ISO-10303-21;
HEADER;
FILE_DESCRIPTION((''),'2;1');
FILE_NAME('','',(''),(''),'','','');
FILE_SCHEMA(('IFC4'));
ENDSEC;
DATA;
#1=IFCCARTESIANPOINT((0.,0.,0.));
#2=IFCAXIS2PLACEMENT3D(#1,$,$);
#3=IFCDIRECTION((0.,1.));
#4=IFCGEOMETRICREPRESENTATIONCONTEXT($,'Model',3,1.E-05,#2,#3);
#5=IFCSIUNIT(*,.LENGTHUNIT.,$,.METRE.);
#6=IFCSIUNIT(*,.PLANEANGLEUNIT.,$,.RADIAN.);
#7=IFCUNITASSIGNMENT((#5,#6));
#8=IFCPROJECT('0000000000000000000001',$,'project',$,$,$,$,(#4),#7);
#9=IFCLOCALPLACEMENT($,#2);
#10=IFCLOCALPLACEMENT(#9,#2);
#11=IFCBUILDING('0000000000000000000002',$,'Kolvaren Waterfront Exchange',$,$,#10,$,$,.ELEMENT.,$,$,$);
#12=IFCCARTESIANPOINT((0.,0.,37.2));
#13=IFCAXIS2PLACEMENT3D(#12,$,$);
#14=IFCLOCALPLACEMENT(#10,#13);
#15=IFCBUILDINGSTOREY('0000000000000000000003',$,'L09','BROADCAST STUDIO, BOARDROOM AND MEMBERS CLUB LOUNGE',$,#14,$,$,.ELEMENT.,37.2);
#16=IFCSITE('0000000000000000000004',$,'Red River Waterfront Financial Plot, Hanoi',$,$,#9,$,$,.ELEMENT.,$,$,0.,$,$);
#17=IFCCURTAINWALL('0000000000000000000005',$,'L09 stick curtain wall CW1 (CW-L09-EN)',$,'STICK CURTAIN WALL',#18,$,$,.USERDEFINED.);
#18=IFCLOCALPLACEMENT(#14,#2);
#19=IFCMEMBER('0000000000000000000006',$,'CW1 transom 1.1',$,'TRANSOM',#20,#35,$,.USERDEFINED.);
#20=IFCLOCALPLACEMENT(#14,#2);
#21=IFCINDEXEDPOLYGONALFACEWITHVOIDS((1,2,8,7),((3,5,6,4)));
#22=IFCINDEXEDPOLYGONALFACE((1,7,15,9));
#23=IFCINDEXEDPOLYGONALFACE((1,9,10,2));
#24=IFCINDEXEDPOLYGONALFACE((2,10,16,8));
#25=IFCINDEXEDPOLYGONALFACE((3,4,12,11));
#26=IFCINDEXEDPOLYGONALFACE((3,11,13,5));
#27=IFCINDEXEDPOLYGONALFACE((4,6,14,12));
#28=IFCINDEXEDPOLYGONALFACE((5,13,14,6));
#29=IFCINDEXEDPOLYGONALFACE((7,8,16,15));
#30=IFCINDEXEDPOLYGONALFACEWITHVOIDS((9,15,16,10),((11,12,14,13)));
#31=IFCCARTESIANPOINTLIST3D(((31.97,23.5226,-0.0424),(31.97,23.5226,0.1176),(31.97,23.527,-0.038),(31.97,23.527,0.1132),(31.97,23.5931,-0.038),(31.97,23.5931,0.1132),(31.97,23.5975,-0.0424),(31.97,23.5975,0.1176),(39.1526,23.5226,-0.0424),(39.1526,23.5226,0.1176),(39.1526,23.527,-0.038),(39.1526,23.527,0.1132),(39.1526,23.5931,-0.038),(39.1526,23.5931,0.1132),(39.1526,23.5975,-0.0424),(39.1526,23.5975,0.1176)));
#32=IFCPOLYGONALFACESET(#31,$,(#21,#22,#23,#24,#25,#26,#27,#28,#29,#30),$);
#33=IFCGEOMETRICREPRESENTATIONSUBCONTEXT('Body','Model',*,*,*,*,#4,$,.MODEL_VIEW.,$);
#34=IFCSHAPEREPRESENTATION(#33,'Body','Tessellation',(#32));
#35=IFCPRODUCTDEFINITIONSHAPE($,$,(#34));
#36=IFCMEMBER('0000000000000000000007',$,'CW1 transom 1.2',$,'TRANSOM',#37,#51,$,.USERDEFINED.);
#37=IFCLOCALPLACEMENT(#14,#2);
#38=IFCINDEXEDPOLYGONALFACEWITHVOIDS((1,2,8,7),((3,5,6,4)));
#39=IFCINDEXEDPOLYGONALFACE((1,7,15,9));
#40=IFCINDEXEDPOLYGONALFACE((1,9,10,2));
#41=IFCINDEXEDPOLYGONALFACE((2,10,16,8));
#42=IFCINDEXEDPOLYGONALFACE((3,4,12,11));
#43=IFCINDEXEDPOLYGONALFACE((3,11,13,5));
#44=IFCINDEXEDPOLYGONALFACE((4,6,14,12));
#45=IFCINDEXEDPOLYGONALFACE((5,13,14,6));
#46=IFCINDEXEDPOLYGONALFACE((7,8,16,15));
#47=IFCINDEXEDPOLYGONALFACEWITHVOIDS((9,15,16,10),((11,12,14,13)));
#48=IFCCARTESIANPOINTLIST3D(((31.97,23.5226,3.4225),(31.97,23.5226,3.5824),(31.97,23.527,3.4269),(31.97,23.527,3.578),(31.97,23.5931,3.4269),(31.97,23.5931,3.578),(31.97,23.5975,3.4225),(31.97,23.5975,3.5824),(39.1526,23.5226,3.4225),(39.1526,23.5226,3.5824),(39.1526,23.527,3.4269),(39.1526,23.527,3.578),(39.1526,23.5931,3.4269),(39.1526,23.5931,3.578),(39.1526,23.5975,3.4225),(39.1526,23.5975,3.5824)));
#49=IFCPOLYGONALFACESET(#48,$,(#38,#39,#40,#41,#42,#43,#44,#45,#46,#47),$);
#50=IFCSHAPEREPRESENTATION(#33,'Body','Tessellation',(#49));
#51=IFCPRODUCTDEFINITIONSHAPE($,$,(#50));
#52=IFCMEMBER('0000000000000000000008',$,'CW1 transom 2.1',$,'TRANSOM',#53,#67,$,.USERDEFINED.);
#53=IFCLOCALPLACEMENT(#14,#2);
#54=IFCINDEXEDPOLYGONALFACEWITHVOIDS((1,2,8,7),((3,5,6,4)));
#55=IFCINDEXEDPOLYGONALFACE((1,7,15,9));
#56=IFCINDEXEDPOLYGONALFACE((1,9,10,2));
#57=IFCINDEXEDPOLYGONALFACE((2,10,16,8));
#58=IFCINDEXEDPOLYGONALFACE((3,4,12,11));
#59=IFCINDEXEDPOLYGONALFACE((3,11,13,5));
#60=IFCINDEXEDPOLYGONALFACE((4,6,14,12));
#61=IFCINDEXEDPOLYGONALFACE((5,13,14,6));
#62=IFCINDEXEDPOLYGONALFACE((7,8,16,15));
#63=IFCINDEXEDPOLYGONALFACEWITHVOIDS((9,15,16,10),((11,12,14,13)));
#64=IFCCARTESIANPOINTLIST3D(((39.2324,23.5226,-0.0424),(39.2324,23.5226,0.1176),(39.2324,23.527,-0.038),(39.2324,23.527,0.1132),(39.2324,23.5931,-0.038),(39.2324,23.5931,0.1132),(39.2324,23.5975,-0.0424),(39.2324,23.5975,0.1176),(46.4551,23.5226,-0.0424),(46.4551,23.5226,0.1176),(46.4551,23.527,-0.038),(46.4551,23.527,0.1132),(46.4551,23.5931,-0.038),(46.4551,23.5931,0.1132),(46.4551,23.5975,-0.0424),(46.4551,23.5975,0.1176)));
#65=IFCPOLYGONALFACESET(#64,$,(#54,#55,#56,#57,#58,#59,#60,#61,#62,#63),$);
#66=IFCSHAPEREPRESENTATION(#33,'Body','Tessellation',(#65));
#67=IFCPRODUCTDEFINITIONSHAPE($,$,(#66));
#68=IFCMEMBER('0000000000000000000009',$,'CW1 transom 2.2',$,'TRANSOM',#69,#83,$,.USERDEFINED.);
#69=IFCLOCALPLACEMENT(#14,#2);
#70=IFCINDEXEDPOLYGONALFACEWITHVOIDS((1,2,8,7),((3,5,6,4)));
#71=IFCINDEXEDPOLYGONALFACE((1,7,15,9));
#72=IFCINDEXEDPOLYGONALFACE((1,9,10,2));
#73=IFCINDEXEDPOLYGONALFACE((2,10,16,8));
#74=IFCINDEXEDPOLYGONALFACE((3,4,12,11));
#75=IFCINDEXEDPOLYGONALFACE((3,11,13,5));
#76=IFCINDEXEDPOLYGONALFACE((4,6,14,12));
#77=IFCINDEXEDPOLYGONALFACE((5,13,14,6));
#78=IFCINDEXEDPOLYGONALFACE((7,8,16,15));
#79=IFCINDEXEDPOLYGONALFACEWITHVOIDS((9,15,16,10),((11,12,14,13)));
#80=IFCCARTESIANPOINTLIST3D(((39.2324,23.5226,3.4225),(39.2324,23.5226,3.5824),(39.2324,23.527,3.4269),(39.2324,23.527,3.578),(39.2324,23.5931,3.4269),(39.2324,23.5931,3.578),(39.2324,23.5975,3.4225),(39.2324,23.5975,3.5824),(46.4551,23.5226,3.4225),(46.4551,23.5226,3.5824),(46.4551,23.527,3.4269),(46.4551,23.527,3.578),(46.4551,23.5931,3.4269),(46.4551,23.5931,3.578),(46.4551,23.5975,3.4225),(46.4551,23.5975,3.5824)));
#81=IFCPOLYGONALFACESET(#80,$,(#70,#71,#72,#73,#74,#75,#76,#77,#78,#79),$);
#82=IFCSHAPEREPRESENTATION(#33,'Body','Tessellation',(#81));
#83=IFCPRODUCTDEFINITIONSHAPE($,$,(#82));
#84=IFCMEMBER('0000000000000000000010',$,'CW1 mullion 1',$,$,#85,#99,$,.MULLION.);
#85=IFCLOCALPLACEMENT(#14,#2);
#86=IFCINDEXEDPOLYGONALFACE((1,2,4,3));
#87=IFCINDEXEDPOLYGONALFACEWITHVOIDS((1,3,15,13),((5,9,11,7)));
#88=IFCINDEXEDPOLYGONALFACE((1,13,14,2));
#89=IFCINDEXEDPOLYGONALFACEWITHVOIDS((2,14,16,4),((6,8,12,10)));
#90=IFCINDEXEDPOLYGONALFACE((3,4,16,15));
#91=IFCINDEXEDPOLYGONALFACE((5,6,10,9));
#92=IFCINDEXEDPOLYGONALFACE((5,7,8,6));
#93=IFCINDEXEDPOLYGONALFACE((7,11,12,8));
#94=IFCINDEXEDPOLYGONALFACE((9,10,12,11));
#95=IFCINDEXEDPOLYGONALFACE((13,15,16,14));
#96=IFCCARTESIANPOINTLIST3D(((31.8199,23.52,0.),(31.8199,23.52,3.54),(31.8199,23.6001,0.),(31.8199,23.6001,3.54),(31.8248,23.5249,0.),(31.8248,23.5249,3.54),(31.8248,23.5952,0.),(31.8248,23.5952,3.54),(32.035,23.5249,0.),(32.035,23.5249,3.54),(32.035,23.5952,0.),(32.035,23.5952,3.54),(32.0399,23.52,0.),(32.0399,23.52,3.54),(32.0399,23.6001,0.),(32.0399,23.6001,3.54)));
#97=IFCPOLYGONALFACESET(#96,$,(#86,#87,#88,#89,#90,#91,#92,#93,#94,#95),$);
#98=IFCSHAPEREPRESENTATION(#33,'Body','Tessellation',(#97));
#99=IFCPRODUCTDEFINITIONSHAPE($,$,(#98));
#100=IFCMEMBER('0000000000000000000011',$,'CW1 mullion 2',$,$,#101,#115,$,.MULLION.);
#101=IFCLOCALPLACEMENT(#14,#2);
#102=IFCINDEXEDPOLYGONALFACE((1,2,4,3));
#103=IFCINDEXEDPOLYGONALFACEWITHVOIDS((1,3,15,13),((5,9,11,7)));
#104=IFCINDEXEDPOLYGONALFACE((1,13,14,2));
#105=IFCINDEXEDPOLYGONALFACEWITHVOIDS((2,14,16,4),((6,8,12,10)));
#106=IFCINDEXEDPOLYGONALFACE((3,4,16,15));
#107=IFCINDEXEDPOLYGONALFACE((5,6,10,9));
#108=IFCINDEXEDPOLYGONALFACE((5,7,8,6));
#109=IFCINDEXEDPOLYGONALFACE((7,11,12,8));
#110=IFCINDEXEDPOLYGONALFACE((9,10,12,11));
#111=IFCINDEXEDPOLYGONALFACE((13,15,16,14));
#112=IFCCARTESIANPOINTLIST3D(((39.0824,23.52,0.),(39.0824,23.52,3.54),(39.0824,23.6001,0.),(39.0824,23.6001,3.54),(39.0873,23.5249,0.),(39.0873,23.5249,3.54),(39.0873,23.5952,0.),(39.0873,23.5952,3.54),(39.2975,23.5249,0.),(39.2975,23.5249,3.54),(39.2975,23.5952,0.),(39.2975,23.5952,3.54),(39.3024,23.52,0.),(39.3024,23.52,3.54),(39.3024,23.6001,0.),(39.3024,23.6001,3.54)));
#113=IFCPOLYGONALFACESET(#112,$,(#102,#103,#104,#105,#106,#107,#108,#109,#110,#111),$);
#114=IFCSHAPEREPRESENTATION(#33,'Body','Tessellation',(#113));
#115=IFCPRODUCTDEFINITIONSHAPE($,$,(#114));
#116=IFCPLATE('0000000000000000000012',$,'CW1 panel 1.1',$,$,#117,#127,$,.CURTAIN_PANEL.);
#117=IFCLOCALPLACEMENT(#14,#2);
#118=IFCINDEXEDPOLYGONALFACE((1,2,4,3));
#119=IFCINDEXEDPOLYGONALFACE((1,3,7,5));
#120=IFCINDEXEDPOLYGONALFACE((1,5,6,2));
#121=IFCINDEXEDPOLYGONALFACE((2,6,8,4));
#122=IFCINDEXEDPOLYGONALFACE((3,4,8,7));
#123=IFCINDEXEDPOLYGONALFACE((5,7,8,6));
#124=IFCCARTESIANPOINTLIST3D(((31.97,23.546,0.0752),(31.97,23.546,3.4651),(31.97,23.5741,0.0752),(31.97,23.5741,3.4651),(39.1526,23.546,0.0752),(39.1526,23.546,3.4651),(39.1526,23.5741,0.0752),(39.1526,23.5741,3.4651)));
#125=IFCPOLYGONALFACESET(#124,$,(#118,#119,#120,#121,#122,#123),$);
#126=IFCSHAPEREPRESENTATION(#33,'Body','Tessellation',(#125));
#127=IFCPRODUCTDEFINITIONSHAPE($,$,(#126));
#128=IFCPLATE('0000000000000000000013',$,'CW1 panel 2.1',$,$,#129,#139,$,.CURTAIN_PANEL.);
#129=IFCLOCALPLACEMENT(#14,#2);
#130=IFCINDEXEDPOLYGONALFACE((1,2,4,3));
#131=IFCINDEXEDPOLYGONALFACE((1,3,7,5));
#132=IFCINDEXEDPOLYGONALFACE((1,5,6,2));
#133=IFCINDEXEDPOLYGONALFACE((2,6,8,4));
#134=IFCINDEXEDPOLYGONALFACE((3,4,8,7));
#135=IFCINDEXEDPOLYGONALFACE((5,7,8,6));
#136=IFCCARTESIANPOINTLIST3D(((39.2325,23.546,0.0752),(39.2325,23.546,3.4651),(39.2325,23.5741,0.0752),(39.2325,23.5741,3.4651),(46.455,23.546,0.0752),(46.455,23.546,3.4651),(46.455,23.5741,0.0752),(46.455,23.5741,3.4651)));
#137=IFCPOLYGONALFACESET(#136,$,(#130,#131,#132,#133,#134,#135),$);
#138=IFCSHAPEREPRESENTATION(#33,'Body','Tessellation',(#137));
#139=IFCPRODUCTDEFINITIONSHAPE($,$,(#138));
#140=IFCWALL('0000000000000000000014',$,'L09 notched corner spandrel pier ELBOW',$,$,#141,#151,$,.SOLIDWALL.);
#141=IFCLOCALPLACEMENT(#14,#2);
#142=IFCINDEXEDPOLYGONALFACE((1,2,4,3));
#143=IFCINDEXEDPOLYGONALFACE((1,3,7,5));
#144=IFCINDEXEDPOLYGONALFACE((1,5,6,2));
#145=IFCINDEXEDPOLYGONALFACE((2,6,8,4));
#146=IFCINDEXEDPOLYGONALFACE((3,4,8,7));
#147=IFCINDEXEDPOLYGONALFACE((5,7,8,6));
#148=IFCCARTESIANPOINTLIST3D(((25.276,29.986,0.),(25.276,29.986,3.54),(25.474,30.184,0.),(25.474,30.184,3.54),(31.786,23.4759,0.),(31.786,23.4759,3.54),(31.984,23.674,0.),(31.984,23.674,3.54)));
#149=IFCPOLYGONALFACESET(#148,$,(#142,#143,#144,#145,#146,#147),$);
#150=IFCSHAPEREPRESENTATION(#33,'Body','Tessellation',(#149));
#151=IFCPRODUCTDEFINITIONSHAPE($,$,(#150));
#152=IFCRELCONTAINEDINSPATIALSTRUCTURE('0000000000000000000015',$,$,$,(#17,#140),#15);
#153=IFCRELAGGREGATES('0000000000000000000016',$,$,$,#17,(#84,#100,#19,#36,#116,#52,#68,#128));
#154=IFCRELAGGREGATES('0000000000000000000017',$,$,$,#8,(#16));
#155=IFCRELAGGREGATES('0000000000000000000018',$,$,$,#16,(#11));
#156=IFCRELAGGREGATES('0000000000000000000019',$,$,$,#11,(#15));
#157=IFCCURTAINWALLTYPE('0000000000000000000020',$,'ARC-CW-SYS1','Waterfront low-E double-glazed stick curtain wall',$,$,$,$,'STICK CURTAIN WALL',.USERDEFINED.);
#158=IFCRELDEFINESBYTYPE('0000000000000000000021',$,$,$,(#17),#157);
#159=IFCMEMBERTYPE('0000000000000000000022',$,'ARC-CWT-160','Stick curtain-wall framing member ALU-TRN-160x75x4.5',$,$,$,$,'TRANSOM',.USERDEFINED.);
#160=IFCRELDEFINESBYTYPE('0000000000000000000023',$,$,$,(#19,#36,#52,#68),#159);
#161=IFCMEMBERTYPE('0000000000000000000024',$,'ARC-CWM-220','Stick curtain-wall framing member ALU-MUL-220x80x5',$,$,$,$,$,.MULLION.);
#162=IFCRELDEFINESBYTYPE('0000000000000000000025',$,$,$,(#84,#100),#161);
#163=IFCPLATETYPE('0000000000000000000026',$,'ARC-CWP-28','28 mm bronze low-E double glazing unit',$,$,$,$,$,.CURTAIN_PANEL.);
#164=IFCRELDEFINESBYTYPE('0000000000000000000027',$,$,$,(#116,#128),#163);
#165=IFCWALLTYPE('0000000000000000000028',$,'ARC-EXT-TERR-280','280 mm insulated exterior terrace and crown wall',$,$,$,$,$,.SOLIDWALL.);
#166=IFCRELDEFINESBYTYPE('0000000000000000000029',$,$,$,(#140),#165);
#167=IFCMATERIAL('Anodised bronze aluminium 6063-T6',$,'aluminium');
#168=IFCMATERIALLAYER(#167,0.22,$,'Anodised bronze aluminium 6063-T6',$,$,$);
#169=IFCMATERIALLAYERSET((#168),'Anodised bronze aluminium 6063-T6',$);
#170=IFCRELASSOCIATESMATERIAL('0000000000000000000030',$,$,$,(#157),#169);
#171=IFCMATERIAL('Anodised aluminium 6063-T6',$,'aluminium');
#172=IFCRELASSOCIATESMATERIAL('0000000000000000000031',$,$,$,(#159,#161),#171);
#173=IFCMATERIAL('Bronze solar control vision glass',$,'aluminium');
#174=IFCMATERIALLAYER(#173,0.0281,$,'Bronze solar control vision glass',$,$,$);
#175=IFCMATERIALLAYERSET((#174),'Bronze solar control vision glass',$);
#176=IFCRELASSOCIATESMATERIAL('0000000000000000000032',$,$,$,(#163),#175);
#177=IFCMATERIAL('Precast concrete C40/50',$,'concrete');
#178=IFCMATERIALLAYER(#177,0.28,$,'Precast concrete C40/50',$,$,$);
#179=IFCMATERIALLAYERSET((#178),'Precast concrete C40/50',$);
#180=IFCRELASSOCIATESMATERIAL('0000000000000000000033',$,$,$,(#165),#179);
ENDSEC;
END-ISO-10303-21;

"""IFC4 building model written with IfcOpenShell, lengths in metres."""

from ifc_helpers import new_model, si_unit, direction, frame, frame_2d, origin, origin_with_axes, origin_2d, place, context, subcontext, project, spatial, rectangle, hollow_rectangle, extrude, source, transform, mapped, material, layer, layer_set, material_profile, profile_set, type_object, element, aggregate, save


model = new_model("IFC4")

# Units and contexts
model_context = context("Model", 3, precision=1e-05, world=origin(), true_north=direction((0.0, 1.0)))
body_context = subcontext(model_context, "Body", "Model", "MODEL_VIEW")
ifc_project = project(units=[si_unit("LENGTHUNIT", "METRE"), si_unit("PLANEANGLEUNIT", "RADIAN")], contexts=[model_context])

# Site, building, storey
site_placement = place(None, origin())
site = spatial("IfcSite", under=ifc_project, at=site_placement, Name="Red River Waterfront Financial Plot, Hanoi", CompositionType="ELEMENT", RefElevation=0.0)
building_placement = place(site_placement, origin())
building = spatial("IfcBuilding", under=site, at=building_placement, Name="Kolvaren Waterfront Exchange", CompositionType="ELEMENT")
storey_placement = place(building_placement, frame((0.0, 0.0, 37.2)))
storey = spatial("IfcBuildingStorey", under=building, at=storey_placement, Name="L09", Description="BROADCAST STUDIO, BOARDROOM AND MEMBERS CLUB LOUNGE", CompositionType="ELEMENT", Elevation=37.2)

# Curtain wall, members, plates
ifc_material_1 = material(Name="Anodised bronze aluminium 6063-T6", Category="aluminium")
ifc_layer_1 = layer(ifc_material_1, 0.22, Name="Anodised bronze aluminium 6063-T6")
ifc_layer_set_1 = layer_set([ifc_layer_1], Name="Anodised bronze aluminium 6063-T6")
curtain_wall_type = type_object("IfcCurtainWallType", Name="ARC-CW-SYS1", Description="Waterfront low-E double-glazed stick curtain wall", ElementType="STICK CURTAIN WALL", PredefinedType="USERDEFINED", material=ifc_layer_set_1)
curtain_wall_placement = place(storey_placement, origin())
curtain_wall = element("IfcCurtainWall", 1, at=curtain_wall_placement, inside=storey, type_object=curtain_wall_type, Name="L09 stick curtain wall CW1 (CW-L09-EN)", ObjectType="STICK CURTAIN WALL", PredefinedType="USERDEFINED")
ifc_material_2 = material(Name="Anodised aluminium 6063-T6", Category="aluminium")
ifc_material_profile_1 = material_profile(ifc_material_2, hollow_rectangle(XDim=0.075, YDim=0.1599, WallThickness=0.0044, at=origin_2d()), Name="ALU-TRN-160x75x4.5")
ifc_profile_set_1 = profile_set([ifc_material_profile_1], Name="Anodised aluminium 6063-T6")
member_type_1 = type_object("IfcMemberType", Name="ARC-CWT-160", Description="Stick curtain-wall framing member ALU-TRN-160x75x4.5", ElementType="TRANSOM", PredefinedType="USERDEFINED", material=ifc_profile_set_1)
shared_shape_1 = source(origin_with_axes(), body_context, "Body", "SweptSolid", [
    extrude(hollow_rectangle(XDim=0.075, YDim=0.1599, WallThickness=0.0044, at=origin_2d()), origin(), (0.0, 0.0, 1.0), 7.1826),
])
member_1_placement = place(storey_placement, frame((31.97, 23.5601, 0.0376), z_axis=(1.0, 0.0, 0.0), x_axis=(0.0, 1.0, 0.0)))
member_1 = element("IfcMember", 2, at=member_1_placement, type_object=member_type_1, Name="CW1 transom 1.1", ObjectType="TRANSOM", PredefinedType="USERDEFINED", context=body_context, shape_type="MappedRepresentation", body=[
    mapped(shared_shape_1, transform((0.0, 0.0, 0.0), x_axis=(1.0, 0.0, 0.0), y_axis=(0.0, 1.0, 0.0), z_axis=(0.0, 0.0, 1.0), scale=1.0)),
])
member_2_placement = place(storey_placement, frame((31.97, 23.5601, 3.5024), z_axis=(1.0, 0.0, 0.0), x_axis=(0.0, 1.0, 0.0)))
member_2 = element("IfcMember", 3, at=member_2_placement, type_object=member_type_1, Name="CW1 transom 1.2", ObjectType="TRANSOM", PredefinedType="USERDEFINED", context=body_context, shape_type="MappedRepresentation", body=[
    mapped(shared_shape_1, transform((0.0, 0.0, 0.0), x_axis=(1.0, 0.0, 0.0), y_axis=(0.0, 1.0, 0.0), z_axis=(0.0, 0.0, 1.0), scale=1.0)),
])
shared_shape_2 = source(origin_with_axes(), body_context, "Body", "SweptSolid", [
    extrude(hollow_rectangle(XDim=0.075, YDim=0.1599, WallThickness=0.0044, at=origin_2d()), origin(), (0.0, 0.0, 1.0), 7.2227),
])
member_3_placement = place(storey_placement, frame((39.2324, 23.5601, 0.0376), z_axis=(1.0, 0.0, 0.0), x_axis=(0.0, 1.0, 0.0)))
member_3 = element("IfcMember", 4, at=member_3_placement, type_object=member_type_1, Name="CW1 transom 2.1", ObjectType="TRANSOM", PredefinedType="USERDEFINED", context=body_context, shape_type="MappedRepresentation", body=[
    mapped(shared_shape_2, transform((0.0, 0.0, 0.0), x_axis=(1.0, 0.0, 0.0), y_axis=(0.0, 1.0, 0.0), z_axis=(0.0, 0.0, 1.0), scale=1.0)),
])
member_4_placement = place(storey_placement, frame((39.2324, 23.5601, 3.5024), z_axis=(1.0, 0.0, 0.0), x_axis=(0.0, 1.0, 0.0)))
member_4 = element("IfcMember", 5, at=member_4_placement, type_object=member_type_1, Name="CW1 transom 2.2", ObjectType="TRANSOM", PredefinedType="USERDEFINED", context=body_context, shape_type="MappedRepresentation", body=[
    mapped(shared_shape_2, transform((0.0, 0.0, 0.0), x_axis=(1.0, 0.0, 0.0), y_axis=(0.0, 1.0, 0.0), z_axis=(0.0, 0.0, 1.0), scale=1.0)),
])
ifc_material_profile_2 = material_profile(ifc_material_2, hollow_rectangle(XDim=0.0801, YDim=0.22, WallThickness=0.0049, at=origin_2d()), Name="ALU-MUL-220x80x5")
ifc_profile_set_2 = profile_set([ifc_material_profile_2], Name="Anodised aluminium 6063-T6")
member_type_2 = type_object("IfcMemberType", Name="ARC-CWM-220", Description="Stick curtain-wall framing member ALU-MUL-220x80x5", PredefinedType="MULLION", material=ifc_profile_set_2)
shared_shape_3 = source(origin_with_axes(), body_context, "Body", "SweptSolid", [
    extrude(hollow_rectangle(XDim=0.0801, YDim=0.22, WallThickness=0.0049, at=origin_2d()), origin(), (0.0, 0.0, 1.0), 3.54),
])
member_5_placement = place(storey_placement, frame((31.9299, 23.5601, 0.0), z_axis=(0.0, 0.0, 1.0), x_axis=(0.0, 1.0, 0.0)))
member_5 = element("IfcMember", 6, at=member_5_placement, type_object=member_type_2, Name="CW1 mullion 1", PredefinedType="MULLION", context=body_context, shape_type="MappedRepresentation", body=[
    mapped(shared_shape_3, transform((0.0, 0.0, 0.0), x_axis=(1.0, 0.0, 0.0), y_axis=(0.0, 1.0, 0.0), z_axis=(0.0, 0.0, 1.0), scale=1.0)),
])
member_6_placement = place(storey_placement, frame((39.1924, 23.5601, 0.0), z_axis=(0.0, 0.0, 1.0), x_axis=(0.0, 1.0, 0.0)))
member_6 = element("IfcMember", 7, at=member_6_placement, type_object=member_type_2, Name="CW1 mullion 2", PredefinedType="MULLION", context=body_context, shape_type="MappedRepresentation", body=[
    mapped(shared_shape_3, transform((0.0, 0.0, 0.0), x_axis=(1.0, 0.0, 0.0), y_axis=(0.0, 1.0, 0.0), z_axis=(0.0, 0.0, 1.0), scale=1.0)),
])
ifc_material_3 = material(Name="Bronze solar control vision glass", Category="aluminium")
ifc_layer_2 = layer(ifc_material_3, 0.0281, Name="Bronze solar control vision glass")
ifc_layer_set_2 = layer_set([ifc_layer_2], Name="Bronze solar control vision glass")
plate_type = type_object("IfcPlateType", Name="ARC-CWP-28", Description="28 mm bronze low-E double glazing unit", PredefinedType="CURTAIN_PANEL", material=ifc_layer_set_2)
shared_shape_4 = source(origin_with_axes(), body_context, "Body", "SweptSolid", [
    extrude(rectangle(XDim=7.1826, YDim=0.0281, at=origin_2d()), origin(), (0.0, 0.0, 1.0), 3.3899),
])
plate_1_placement = place(storey_placement, frame((35.5613, 23.5601, 0.0752), z_axis=(0.0, 0.0, 1.0), x_axis=(1.0, 0.0, 0.0)))
plate_1 = element("IfcPlate", 8, at=plate_1_placement, type_object=plate_type, Name="CW1 panel 1.1", PredefinedType="CURTAIN_PANEL", context=body_context, shape_type="MappedRepresentation", body=[
    mapped(shared_shape_4, transform((0.0, 0.0, 0.0), x_axis=(1.0, 0.0, 0.0), y_axis=(0.0, 1.0, 0.0), z_axis=(0.0, 0.0, 1.0), scale=1.0)),
])
shared_shape_5 = source(origin_with_axes(), body_context, "Body", "SweptSolid", [
    extrude(rectangle(XDim=7.2224, YDim=0.0281, at=origin_2d()), origin(), (0.0, 0.0, 1.0), 3.3899),
])
plate_2_placement = place(storey_placement, frame((42.8438, 23.5601, 0.0752), z_axis=(0.0, 0.0, 1.0), x_axis=(1.0, 0.0, 0.0)))
plate_2 = element("IfcPlate", 9, at=plate_2_placement, type_object=plate_type, Name="CW1 panel 2.1", PredefinedType="CURTAIN_PANEL", context=body_context, shape_type="MappedRepresentation", body=[
    mapped(shared_shape_5, transform((0.0, 0.0, 0.0), x_axis=(1.0, 0.0, 0.0), y_axis=(0.0, 1.0, 0.0), z_axis=(0.0, 0.0, 1.0), scale=1.0)),
])
aggregate(curtain_wall, [member_5, member_6, member_1, member_2, plate_1, member_3, member_4, plate_2])

# Wall
ifc_material_4 = material(Name="Precast concrete C40/50", Category="concrete")
ifc_layer_3 = layer(ifc_material_4, 0.28, Name="Precast concrete C40/50")
ifc_layer_set_3 = layer_set([ifc_layer_3], Name="Precast concrete C40/50")
wall_type_1 = type_object("IfcWallType", Name="ARC-EXT-TERR-280", Description="280 mm insulated exterior terrace and crown wall", PredefinedType="SOLIDWALL", material=ifc_layer_set_3)
wall_1_placement = place(storey_placement, frame((31.885, 23.575, 0.0), z_axis=(0.0, 0.0, 1.0), x_axis=(-0.707107, 0.707107, 0.0)))
element("IfcWall", 10, at=wall_1_placement, inside=storey, type_object=wall_type_1, Name="L09 notched corner spandrel pier ELBOW", PredefinedType="SOLIDWALL", context=body_context, shape_type="SweptSolid", body=[
    extrude(rectangle(XDim=9.2065, YDim=0.28, at=frame_2d((4.6033, 0.0))), origin(), (0.0, 0.0, 1.0), 3.54),
])

save(model, "model.ifc")
